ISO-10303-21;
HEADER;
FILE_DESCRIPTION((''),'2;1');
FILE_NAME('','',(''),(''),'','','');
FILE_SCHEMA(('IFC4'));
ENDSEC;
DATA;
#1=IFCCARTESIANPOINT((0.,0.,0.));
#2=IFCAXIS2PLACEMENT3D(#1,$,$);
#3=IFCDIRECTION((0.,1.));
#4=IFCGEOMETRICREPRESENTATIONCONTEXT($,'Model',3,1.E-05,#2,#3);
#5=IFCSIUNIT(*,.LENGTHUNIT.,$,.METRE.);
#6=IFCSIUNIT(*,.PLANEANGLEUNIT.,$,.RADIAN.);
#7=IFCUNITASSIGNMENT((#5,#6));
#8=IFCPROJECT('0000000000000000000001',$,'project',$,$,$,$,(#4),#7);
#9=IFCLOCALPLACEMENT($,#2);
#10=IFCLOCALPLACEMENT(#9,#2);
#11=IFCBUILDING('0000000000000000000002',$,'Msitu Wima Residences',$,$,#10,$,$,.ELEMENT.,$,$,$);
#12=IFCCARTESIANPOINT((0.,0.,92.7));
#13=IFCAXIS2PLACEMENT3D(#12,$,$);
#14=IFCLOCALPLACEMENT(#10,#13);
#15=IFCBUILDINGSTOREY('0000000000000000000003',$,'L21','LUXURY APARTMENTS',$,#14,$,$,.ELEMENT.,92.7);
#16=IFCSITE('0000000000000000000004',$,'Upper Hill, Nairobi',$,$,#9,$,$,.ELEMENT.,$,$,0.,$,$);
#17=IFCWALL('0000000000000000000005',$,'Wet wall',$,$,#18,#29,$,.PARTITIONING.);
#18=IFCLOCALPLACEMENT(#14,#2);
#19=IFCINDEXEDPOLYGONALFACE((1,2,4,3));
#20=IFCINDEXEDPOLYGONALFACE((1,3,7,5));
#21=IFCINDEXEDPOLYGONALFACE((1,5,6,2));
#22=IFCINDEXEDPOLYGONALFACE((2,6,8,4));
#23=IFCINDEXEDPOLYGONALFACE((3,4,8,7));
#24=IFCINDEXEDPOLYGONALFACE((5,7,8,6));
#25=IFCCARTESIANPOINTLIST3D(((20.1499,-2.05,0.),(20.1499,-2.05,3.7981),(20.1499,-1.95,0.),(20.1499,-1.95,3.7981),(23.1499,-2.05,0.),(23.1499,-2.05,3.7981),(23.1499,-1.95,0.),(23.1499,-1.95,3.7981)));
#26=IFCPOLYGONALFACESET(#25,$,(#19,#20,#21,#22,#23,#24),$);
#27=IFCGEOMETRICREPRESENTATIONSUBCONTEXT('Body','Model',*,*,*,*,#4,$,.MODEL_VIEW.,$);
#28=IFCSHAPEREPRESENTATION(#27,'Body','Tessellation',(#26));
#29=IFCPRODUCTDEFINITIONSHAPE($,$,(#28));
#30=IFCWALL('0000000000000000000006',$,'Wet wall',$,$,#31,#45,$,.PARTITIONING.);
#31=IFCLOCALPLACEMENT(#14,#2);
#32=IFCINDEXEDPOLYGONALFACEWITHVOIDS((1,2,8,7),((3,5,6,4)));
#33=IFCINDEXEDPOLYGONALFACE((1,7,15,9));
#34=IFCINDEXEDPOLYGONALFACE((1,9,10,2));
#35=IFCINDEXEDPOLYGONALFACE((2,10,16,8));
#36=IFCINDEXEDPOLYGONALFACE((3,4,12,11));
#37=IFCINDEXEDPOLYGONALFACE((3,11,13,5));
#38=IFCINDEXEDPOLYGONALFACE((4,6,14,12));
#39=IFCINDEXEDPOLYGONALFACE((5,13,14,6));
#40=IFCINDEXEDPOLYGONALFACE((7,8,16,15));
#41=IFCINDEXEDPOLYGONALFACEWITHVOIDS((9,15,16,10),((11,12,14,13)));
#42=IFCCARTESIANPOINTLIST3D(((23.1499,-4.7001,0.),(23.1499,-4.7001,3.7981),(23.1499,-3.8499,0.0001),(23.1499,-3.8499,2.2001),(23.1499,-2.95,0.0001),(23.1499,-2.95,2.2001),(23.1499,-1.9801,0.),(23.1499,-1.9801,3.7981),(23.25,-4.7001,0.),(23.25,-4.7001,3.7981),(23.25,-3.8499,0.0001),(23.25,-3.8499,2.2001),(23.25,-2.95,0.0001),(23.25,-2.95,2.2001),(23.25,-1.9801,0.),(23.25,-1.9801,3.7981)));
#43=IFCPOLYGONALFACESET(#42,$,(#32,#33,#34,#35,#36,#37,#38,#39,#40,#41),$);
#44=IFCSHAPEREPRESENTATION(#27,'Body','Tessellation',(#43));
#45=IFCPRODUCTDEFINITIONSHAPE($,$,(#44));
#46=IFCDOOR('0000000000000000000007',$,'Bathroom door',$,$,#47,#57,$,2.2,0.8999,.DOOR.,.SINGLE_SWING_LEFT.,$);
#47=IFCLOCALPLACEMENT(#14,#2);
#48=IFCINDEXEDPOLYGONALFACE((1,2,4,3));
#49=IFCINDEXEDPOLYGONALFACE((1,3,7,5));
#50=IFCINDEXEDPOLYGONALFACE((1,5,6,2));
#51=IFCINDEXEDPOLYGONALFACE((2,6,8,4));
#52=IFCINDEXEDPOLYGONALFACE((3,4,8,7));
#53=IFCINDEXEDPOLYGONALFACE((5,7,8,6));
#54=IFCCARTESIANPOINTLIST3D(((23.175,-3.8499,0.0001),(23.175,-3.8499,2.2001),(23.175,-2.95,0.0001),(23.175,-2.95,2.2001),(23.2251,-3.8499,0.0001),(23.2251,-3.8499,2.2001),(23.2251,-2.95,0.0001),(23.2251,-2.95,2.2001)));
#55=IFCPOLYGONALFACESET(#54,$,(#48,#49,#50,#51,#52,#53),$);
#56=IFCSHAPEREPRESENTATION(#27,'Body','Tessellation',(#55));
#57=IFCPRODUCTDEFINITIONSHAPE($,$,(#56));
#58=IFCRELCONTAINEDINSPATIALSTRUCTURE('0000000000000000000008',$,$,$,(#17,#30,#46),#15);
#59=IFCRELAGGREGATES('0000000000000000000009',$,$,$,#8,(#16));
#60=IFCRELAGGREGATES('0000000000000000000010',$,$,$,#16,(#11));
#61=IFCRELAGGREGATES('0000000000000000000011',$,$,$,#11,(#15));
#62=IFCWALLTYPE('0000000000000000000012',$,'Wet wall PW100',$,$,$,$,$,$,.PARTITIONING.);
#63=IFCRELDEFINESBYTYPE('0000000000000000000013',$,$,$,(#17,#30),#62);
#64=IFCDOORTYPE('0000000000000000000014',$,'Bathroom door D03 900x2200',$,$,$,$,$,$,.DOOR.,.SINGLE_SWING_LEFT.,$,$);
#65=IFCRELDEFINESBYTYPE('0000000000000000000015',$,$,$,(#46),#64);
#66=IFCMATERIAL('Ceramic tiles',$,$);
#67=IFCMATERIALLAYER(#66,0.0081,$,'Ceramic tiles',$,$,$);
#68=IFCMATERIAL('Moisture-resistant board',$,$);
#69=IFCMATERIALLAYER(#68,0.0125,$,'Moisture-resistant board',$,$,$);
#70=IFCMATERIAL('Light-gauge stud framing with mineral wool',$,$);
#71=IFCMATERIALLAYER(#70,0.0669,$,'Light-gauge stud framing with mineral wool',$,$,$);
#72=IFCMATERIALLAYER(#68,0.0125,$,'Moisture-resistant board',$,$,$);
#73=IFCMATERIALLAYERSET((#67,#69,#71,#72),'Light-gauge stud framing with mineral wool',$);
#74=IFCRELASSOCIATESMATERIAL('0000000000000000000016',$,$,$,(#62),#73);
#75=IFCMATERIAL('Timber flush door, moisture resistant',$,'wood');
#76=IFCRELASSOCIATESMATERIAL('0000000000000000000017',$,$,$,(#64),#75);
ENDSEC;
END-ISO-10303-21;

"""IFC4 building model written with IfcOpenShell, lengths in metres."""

from ifc_helpers import new_model, si_unit, direction, frame, frame_2d, origin, place, context, subcontext, project, spatial, rectangle, extrude, material, layer, layer_set, type_object, element, fill, save


model = new_model("IFC4")

# Units and contexts
model_context = context("Model", 3, precision=1e-05, world=origin(), true_north=direction((0.0, 1.0)))
body_context = subcontext(model_context, "Body", "Model", "MODEL_VIEW")
ifc_project = project(units=[si_unit("LENGTHUNIT", "METRE"), si_unit("PLANEANGLEUNIT", "RADIAN")], contexts=[model_context])

# Site, building, storey
site_placement = place(None, origin())
site = spatial("IfcSite", under=ifc_project, at=site_placement, Name="Upper Hill, Nairobi", CompositionType="ELEMENT", RefElevation=0.0)
building_placement = place(site_placement, origin())
building = spatial("IfcBuilding", under=site, at=building_placement, Name="Msitu Wima Residences", CompositionType="ELEMENT")
storey_placement = place(building_placement, frame((0.0, 0.0, 92.7)))
storey = spatial("IfcBuildingStorey", under=building, at=storey_placement, Name="L21", Description="LUXURY APARTMENTS", CompositionType="ELEMENT", Elevation=92.7)

# Wall
ifc_material_1 = material(Name="Ceramic tiles")
ifc_layer_1 = layer(ifc_material_1, 0.0081, Name="Ceramic tiles")
ifc_material_2 = material(Name="Moisture-resistant board")
ifc_layer_2 = layer(ifc_material_2, 0.0125, Name="Moisture-resistant board")
ifc_material_3 = material(Name="Light-gauge stud framing with mineral wool")
ifc_layer_3 = layer(ifc_material_3, 0.0669, Name="Light-gauge stud framing with mineral wool")
ifc_layer_4 = layer(ifc_material_2, 0.0125, Name="Moisture-resistant board")
ifc_layer_set_1 = layer_set([ifc_layer_1, ifc_layer_2, ifc_layer_3, ifc_layer_4], Name="Light-gauge stud framing with mineral wool")
wall_type_1 = type_object("IfcWallType", Name="Wet wall PW100", PredefinedType="PARTITIONING", material=ifc_layer_set_1)
wall_1_placement = place(storey_placement, frame((20.1499, -2.0, 0.0), z_axis=(0.0, 0.0, 1.0), x_axis=(1.0, 0.0, 0.0)))
element("IfcWall", 1, at=wall_1_placement, inside=storey, type_object=wall_type_1, Name="Wet wall", PredefinedType="PARTITIONING", context=body_context, shape_type="SweptSolid", body=[
    extrude(rectangle(XDim=3.0, YDim=0.1001, at=frame_2d((1.5, 0.0))), origin(), (0.0, 0.0, 1.0), 3.7981),
])

# Wall, opening, door
wall_2_placement = place(storey_placement, frame((23.2, -4.7, 0.0), z_axis=(0.0, 0.0, 1.0), x_axis=(0.0, 1.0, 0.0)))
wall_2 = element("IfcWall", 2, at=wall_2_placement, inside=storey, type_object=wall_type_1, Name="Wet wall", PredefinedType="PARTITIONING", context=body_context, shape_type="SweptSolid", body=[
    extrude(rectangle(XDim=2.72, YDim=0.1001, at=frame_2d((1.3599, 0.0))), origin(), (0.0, 0.0, 1.0), 3.7981),
])
opening_1_placement = place(wall_2_placement, frame((0.8501, 0.0, 0.0)))
opening_1 = element("IfcOpeningElement", 3, at=opening_1_placement, cuts=wall_2, PredefinedType="OPENING", context=body_context, shape_type="SweptSolid", body=[
    extrude(rectangle(XDim=0.8999, YDim=2.2, at=frame_2d((0.45, 1.1001))), frame((0.0, 0.0601, 0.0), z_axis=(0.0, -1.0, 0.0), x_axis=(1.0, 0.0, 0.0)), (0.0, 0.0, 1.0), 0.1201),
])
ifc_material_4 = material(Name="Timber flush door, moisture resistant", Category="wood")
door_type_1 = type_object("IfcDoorType", Name="Bathroom door D03 900x2200", OperationType="SINGLE_SWING_LEFT", PredefinedType="DOOR", material=ifc_material_4)
door_1_placement = place(opening_1_placement, origin())
door_1 = element("IfcDoor", 4, at=door_1_placement, inside=storey, type_object=door_type_1, Name="Bathroom door", OperationType="SINGLE_SWING_LEFT", OverallHeight=2.2, OverallWidth=0.8999, PredefinedType="DOOR", context=body_context, shape_type="SweptSolid", body=[
    extrude(rectangle(XDim=0.8999, YDim=2.2, at=frame_2d((0.45, 1.1001))), frame((0.0, 0.0249, 0.0), z_axis=(0.0, -1.0, 0.0), x_axis=(1.0, 0.0, 0.0)), (0.0, 0.0, 1.0), 0.05),
])
fill(opening_1, door_1)

save(model, "model.ifc")
